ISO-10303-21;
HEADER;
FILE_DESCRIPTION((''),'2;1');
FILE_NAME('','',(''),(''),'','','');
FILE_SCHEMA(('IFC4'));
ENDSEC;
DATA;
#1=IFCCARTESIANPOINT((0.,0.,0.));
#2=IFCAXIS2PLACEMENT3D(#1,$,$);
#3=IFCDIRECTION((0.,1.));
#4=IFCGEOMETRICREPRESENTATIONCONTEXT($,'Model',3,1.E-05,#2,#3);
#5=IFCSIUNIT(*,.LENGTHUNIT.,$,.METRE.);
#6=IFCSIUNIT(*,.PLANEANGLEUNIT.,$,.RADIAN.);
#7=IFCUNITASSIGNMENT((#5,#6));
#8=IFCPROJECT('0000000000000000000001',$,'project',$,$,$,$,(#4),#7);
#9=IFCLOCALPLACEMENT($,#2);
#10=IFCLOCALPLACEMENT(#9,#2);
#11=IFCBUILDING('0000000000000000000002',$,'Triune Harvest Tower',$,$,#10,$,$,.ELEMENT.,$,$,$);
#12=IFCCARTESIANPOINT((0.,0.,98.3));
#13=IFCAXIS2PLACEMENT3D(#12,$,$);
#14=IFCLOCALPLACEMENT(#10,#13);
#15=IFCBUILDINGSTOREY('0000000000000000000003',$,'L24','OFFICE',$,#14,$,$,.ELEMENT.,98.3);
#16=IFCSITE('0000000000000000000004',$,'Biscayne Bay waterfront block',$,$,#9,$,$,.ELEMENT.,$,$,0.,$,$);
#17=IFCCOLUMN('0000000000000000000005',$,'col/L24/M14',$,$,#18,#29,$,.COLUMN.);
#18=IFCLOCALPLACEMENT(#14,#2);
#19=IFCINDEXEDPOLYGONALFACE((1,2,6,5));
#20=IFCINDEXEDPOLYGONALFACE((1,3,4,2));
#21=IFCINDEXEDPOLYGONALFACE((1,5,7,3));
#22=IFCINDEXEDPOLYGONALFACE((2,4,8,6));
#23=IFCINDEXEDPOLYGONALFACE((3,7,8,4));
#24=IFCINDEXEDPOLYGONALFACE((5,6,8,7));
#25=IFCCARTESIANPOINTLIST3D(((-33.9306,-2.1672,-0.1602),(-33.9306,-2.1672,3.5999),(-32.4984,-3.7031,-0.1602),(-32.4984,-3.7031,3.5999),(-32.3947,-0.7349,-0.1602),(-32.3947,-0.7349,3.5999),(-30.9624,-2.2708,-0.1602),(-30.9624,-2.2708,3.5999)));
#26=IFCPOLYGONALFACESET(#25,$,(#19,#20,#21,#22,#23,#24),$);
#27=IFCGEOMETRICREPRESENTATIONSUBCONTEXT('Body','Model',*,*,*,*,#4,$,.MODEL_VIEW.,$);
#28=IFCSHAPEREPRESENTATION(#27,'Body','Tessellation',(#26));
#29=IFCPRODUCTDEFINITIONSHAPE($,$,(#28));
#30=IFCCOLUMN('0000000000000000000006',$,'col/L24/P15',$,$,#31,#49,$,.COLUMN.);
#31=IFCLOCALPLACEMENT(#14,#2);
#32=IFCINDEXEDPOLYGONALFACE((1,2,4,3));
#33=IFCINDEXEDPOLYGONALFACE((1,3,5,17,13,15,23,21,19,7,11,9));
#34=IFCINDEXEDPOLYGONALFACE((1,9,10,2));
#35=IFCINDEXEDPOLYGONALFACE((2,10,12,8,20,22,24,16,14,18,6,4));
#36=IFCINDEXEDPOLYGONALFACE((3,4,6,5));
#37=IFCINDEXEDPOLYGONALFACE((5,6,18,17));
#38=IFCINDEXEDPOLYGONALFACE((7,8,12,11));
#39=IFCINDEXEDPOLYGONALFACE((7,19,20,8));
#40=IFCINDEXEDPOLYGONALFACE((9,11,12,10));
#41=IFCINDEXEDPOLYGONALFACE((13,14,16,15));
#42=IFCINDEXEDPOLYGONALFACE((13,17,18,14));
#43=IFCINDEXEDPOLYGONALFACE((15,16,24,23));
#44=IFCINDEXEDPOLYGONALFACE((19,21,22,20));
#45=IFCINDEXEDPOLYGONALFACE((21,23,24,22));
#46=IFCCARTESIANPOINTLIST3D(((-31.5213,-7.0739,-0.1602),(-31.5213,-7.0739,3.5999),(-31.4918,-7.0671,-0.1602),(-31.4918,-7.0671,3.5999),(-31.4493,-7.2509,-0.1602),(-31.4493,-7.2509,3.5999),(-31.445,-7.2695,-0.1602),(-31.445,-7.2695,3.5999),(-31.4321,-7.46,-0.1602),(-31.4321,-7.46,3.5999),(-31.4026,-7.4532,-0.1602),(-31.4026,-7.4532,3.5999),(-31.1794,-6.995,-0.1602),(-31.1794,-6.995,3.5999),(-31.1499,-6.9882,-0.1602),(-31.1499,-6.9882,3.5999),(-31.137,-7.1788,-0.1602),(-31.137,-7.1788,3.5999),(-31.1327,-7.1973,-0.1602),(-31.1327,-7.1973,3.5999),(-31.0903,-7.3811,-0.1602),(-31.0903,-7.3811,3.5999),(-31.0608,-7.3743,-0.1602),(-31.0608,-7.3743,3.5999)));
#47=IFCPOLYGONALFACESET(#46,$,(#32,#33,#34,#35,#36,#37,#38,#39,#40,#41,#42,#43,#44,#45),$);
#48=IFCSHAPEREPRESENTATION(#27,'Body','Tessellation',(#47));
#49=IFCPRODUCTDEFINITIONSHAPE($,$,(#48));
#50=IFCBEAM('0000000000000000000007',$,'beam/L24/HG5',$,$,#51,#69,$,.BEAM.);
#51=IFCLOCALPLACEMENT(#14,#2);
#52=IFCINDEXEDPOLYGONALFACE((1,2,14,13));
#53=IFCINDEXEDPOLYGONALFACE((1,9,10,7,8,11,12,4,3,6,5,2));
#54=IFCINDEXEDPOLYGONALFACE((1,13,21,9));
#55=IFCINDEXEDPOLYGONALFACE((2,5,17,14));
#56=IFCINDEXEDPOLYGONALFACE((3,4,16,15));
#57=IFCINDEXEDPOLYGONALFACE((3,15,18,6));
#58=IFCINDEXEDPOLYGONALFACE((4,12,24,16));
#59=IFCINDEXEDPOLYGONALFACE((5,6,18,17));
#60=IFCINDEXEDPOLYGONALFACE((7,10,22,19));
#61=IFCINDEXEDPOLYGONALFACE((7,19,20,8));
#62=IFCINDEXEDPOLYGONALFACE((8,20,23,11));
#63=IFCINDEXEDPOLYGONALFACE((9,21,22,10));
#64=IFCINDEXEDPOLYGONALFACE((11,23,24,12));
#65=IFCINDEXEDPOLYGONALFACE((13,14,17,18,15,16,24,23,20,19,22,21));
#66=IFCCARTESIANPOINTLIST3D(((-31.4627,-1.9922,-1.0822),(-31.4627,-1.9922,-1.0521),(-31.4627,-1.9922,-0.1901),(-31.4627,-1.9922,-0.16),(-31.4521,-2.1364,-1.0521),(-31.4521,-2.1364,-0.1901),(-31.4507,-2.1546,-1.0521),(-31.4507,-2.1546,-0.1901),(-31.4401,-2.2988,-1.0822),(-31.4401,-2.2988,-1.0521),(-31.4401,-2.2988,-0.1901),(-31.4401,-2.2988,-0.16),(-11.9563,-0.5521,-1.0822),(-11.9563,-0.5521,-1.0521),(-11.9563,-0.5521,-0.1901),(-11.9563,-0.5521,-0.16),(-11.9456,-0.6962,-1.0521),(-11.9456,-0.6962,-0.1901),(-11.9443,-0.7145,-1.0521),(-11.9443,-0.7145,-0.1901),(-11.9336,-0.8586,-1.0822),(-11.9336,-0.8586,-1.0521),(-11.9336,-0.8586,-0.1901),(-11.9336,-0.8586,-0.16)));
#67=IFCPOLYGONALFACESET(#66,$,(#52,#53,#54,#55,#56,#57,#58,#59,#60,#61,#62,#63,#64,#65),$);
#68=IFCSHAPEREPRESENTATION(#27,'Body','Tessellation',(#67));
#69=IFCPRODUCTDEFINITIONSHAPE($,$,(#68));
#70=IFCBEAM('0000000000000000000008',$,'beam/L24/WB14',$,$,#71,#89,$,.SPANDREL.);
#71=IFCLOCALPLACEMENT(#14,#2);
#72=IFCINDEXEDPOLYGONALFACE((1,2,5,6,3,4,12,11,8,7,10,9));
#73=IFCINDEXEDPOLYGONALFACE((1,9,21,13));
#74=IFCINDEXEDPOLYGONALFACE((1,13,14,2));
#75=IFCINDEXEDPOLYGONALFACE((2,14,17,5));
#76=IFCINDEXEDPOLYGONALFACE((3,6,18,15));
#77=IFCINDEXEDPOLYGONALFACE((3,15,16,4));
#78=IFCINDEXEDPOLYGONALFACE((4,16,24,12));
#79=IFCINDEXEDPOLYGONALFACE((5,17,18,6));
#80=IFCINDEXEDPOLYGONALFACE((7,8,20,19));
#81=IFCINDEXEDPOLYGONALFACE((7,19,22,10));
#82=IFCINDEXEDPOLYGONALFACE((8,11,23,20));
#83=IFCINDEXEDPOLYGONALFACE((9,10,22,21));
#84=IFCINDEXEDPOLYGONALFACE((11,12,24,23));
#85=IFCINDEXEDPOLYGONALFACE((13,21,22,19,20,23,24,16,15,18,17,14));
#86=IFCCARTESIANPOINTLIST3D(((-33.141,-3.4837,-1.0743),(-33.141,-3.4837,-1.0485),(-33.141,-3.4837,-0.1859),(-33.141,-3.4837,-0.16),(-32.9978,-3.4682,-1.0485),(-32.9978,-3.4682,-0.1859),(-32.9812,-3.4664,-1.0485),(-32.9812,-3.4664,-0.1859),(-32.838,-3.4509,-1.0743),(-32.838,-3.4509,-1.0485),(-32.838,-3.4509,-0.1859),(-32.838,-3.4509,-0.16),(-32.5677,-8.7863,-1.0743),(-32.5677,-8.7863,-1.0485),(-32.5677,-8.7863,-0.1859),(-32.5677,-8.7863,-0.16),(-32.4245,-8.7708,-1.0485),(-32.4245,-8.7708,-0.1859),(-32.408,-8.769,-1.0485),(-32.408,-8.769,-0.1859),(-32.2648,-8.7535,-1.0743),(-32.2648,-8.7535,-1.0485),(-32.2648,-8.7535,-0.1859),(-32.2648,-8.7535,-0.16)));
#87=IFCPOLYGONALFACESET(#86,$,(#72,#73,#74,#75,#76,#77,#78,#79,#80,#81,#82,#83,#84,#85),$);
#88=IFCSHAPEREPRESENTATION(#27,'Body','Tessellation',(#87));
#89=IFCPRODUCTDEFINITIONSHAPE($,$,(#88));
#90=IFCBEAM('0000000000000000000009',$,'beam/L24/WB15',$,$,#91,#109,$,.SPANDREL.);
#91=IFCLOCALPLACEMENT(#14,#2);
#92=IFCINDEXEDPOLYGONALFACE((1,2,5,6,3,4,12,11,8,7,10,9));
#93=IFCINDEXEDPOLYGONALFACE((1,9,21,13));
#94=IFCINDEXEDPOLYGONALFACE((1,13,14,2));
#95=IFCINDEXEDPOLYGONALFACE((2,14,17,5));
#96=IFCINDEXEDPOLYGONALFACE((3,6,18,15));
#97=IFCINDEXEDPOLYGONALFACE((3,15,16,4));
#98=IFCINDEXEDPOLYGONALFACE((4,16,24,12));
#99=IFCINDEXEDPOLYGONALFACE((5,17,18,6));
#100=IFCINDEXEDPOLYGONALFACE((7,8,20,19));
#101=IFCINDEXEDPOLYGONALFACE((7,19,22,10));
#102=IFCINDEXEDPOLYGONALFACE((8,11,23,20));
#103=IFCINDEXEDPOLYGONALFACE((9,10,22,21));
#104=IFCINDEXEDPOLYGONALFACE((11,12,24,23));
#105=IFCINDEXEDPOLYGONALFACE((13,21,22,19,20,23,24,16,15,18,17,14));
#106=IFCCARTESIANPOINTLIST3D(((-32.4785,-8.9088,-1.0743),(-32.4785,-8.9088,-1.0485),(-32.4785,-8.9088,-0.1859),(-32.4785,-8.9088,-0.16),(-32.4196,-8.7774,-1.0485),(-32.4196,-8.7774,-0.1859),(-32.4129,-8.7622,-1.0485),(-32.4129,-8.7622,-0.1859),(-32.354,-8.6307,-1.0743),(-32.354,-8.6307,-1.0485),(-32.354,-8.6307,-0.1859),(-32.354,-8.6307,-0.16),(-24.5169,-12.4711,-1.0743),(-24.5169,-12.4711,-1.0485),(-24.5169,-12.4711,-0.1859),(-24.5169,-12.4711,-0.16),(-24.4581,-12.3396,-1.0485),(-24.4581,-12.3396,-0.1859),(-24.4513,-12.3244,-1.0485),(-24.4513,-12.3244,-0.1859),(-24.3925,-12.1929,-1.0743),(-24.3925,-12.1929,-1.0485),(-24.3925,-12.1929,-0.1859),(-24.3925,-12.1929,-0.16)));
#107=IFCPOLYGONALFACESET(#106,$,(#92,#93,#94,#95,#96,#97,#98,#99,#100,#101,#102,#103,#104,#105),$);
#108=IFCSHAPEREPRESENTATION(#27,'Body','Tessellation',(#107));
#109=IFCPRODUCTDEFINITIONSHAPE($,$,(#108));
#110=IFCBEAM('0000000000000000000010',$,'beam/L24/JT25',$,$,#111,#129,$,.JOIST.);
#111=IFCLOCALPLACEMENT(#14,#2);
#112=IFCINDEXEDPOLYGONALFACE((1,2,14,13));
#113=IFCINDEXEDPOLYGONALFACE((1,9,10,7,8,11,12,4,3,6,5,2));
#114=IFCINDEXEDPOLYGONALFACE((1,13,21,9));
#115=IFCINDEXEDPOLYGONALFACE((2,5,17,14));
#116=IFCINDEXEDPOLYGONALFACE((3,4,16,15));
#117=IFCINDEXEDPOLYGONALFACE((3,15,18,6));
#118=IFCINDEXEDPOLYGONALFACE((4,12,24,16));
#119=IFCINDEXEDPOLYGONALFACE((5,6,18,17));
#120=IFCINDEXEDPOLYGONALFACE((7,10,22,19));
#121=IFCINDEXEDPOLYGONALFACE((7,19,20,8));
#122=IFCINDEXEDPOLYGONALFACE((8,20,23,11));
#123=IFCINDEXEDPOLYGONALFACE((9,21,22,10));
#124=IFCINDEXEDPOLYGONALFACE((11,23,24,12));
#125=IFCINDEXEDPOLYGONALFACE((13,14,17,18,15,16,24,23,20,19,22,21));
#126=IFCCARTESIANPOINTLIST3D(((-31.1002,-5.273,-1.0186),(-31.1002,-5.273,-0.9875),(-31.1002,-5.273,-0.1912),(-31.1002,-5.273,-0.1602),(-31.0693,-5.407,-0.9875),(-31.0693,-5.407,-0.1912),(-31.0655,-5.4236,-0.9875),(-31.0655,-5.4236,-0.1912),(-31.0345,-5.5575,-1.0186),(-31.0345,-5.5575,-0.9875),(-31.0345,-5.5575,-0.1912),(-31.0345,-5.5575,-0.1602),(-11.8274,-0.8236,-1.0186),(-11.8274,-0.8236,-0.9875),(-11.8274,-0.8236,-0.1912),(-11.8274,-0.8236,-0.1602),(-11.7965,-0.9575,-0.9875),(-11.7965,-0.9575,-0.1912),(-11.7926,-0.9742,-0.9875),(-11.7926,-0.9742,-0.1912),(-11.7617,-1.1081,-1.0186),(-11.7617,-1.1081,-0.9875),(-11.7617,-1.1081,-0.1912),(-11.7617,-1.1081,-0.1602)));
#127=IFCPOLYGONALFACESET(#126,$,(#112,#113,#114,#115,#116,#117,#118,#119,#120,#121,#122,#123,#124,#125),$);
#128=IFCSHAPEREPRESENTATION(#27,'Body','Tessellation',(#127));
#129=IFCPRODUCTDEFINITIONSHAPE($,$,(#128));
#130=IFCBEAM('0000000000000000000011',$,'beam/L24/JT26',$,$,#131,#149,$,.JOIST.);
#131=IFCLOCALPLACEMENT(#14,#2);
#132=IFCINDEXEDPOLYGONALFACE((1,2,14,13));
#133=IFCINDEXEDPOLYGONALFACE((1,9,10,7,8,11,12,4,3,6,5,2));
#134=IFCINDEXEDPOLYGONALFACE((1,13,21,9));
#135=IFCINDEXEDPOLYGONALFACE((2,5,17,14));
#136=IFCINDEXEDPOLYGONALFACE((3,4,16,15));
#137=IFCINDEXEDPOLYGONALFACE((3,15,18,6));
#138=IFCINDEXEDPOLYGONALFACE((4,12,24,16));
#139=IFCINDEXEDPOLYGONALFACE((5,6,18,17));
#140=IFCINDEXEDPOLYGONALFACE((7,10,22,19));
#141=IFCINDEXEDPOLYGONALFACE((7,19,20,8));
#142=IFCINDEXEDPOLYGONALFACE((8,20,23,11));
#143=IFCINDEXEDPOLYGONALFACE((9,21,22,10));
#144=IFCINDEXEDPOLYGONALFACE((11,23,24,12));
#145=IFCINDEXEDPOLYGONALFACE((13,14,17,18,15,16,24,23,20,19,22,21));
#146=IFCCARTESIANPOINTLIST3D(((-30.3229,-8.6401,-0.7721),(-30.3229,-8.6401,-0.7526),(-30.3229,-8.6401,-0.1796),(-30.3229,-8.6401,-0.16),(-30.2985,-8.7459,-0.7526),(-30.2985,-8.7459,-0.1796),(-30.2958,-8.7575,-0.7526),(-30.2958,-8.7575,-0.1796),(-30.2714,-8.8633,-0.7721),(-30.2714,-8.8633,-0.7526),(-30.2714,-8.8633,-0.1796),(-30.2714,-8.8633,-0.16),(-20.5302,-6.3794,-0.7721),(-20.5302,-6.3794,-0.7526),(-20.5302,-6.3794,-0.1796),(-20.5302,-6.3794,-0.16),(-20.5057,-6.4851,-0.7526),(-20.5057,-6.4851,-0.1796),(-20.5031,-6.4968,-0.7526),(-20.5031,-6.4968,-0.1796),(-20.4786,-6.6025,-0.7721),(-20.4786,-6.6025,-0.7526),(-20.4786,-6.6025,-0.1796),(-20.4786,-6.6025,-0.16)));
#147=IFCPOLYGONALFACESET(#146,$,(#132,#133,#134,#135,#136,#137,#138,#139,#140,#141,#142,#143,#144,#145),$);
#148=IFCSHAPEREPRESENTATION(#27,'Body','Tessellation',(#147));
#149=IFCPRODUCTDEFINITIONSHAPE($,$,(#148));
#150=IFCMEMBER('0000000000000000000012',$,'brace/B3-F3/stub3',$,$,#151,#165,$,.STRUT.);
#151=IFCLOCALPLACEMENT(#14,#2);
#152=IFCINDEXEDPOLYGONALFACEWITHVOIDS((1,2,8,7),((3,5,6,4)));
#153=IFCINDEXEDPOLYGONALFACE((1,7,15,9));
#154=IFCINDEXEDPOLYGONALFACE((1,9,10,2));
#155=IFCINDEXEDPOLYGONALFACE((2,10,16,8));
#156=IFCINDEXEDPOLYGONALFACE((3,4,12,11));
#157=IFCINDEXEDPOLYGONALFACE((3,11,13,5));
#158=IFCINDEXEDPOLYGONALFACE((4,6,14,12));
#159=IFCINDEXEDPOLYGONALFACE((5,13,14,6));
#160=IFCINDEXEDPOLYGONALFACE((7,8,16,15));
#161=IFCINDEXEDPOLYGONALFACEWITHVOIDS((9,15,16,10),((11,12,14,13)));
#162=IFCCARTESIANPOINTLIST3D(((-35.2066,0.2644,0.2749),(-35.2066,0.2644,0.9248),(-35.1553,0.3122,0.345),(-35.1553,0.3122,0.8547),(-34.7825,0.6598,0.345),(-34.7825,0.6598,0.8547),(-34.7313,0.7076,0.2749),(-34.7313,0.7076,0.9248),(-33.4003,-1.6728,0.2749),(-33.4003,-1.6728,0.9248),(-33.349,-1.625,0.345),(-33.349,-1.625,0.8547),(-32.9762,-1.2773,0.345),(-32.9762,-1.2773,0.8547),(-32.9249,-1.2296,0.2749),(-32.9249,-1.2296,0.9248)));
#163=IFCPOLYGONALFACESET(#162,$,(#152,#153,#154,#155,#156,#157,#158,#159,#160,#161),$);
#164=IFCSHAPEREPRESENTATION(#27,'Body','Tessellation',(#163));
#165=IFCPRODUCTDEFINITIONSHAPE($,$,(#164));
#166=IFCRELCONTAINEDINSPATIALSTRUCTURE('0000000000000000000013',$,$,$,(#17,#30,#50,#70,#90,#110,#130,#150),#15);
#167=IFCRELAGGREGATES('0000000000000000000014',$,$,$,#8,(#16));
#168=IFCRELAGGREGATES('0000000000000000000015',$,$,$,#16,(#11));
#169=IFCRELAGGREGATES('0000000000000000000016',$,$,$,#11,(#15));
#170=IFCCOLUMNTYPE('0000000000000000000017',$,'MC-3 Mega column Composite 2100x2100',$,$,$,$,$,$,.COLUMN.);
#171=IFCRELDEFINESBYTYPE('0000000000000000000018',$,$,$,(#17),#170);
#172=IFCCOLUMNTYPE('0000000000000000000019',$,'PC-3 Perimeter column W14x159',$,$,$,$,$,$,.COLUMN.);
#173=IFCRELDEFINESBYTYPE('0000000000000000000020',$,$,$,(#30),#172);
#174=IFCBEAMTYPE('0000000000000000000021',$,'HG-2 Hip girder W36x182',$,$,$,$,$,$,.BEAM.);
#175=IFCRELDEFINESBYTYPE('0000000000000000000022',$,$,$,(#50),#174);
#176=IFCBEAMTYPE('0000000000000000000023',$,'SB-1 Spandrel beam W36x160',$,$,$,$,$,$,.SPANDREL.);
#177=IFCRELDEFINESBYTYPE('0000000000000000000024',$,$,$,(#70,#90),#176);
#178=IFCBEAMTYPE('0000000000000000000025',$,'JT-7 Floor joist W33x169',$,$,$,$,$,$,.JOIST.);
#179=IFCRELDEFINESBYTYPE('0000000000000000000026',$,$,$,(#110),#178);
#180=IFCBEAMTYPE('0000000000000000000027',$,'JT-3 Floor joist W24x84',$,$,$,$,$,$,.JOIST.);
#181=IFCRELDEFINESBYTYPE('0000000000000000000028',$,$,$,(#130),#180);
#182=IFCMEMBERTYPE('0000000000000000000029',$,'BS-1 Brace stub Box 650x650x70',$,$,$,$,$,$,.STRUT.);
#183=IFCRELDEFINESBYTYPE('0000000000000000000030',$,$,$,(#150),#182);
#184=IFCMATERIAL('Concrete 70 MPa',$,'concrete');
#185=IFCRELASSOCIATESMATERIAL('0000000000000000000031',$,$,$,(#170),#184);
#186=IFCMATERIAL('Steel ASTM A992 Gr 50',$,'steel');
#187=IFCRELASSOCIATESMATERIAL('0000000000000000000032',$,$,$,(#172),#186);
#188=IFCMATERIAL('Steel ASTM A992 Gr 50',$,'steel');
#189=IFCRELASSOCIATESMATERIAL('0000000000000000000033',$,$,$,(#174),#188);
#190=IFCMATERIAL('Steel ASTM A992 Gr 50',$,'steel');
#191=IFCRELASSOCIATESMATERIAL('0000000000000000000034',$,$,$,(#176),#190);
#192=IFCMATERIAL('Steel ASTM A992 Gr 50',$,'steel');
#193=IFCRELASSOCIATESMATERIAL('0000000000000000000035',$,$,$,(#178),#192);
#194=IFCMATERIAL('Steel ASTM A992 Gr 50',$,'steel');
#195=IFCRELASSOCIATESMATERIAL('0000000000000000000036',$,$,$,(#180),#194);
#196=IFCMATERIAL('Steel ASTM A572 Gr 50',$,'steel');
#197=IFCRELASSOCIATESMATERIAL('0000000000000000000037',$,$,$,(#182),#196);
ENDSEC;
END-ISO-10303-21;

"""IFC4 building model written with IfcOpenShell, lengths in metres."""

from ifc_helpers import new_model, si_unit, direction, frame, origin, origin_2d, place, context, subcontext, project, spatial, rectangle, hollow_rectangle, i_section, extrude, source, transform, mapped, material, material_profile, profile_set, type_object, element, save


model = new_model("IFC4")

# Units and contexts
model_context = context("Model", 3, precision=1e-05, world=origin(), true_north=direction((0.0, 1.0)))
body_context = subcontext(model_context, "Body", "Model", "MODEL_VIEW")
ifc_project = project(units=[si_unit("LENGTHUNIT", "METRE"), si_unit("PLANEANGLEUNIT", "RADIAN")], contexts=[model_context])

# Site, building, storey
site_placement = place(None, origin())
site = spatial("IfcSite", under=ifc_project, at=site_placement, Name="Biscayne Bay waterfront block", CompositionType="ELEMENT", RefElevation=0.0)
building_placement = place(site_placement, origin())
building = spatial("IfcBuilding", under=site, at=building_placement, Name="Triune Harvest Tower", CompositionType="ELEMENT")
storey_placement = place(building_placement, frame((0.0, 0.0, 98.3)))
storey = spatial("IfcBuildingStorey", under=building, at=storey_placement, Name="L24", Description="OFFICE", CompositionType="ELEMENT", Elevation=98.3)

# Columns
ifc_material_1 = material(Name="Concrete 70 MPa", Category="concrete")
ifc_material_profile_1 = material_profile(ifc_material_1, rectangle(XDim=2.1001, YDim=2.1001, at=origin_2d()), Name="Composite 2100x2100")
ifc_profile_set_1 = profile_set([ifc_material_profile_1], Name="Concrete 70 MPa")
column_type_1 = type_object("IfcColumnType", Name="MC-3 Mega column Composite 2100x2100", PredefinedType="COLUMN", material=ifc_profile_set_1)
shared_shape_1 = source(origin(), body_context, "Body", "SweptSolid", [
    extrude(rectangle(XDim=2.1001, YDim=2.1001, at=origin_2d()), origin(), (0.0, 0.0, 1.0), 3.76),
])
column_1_placement = place(storey_placement, frame((-32.4465, -2.219, -0.1602), z_axis=(0.0, 0.0, 1.0), x_axis=(-0.731355, -0.681997, 0.0)))
element("IfcColumn", 1, at=column_1_placement, inside=storey, type_object=column_type_1, Name="col/L24/M14", PredefinedType="COLUMN", context=body_context, shape_type="MappedRepresentation", body=[
    mapped(shared_shape_1, transform((0.0, 0.0, 0.0), scale=1.0)),
])
ifc_material_2 = material(Name="Steel ASTM A992 Gr 50", Category="steel")
ifc_material_profile_2 = material_profile(ifc_material_2, i_section(OverallWidth=0.3962, OverallDepth=0.3811, WebThickness=0.019, FlangeThickness=0.0303, at=origin_2d()), Name="W14x159")
ifc_profile_set_2 = profile_set([ifc_material_profile_2], Name="Steel ASTM A992 Gr 50")
column_type_2 = type_object("IfcColumnType", Name="PC-3 Perimeter column W14x159", PredefinedType="COLUMN", material=ifc_profile_set_2)
shared_shape_2 = source(origin(), body_context, "Body", "SweptSolid", [
    extrude(i_section(OverallWidth=0.3962, OverallDepth=0.3811, WebThickness=0.019, FlangeThickness=0.0303, at=origin_2d()), origin(), (0.0, 0.0, 1.0), 3.76),
])
column_2_placement = place(storey_placement, frame((-31.291, -7.2241, -0.1602), z_axis=(0.0, 0.0, 1.0), x_axis=(0.224951, -0.97437, 0.0)))
element("IfcColumn", 2, at=column_2_placement, inside=storey, type_object=column_type_2, Name="col/L24/P15", PredefinedType="COLUMN", context=body_context, shape_type="MappedRepresentation", body=[
    mapped(shared_shape_2, transform((0.0, 0.0, 0.0), scale=1.0)),
])

# Beams
ifc_material_3 = material(Name="Steel ASTM A992 Gr 50", Category="steel")
ifc_material_profile_3 = material_profile(ifc_material_3, i_section(OverallWidth=0.3074, OverallDepth=0.9221, WebThickness=0.0183, FlangeThickness=0.03, at=origin_2d()), Name="W36x182")
ifc_profile_set_3 = profile_set([ifc_material_profile_3], Name="Steel ASTM A992 Gr 50")
beam_type_1 = type_object("IfcBeamType", Name="HG-2 Hip girder W36x182", PredefinedType="BEAM", material=ifc_profile_set_3)
beam_1_placement = place(storey_placement, frame((-31.4514, -2.1455, -0.6211), z_axis=(0.997286, 0.07363, 0.0), x_axis=(-0.07363, 0.997286, 0.0)))
element("IfcBeam", 3, at=beam_1_placement, inside=storey, type_object=beam_type_1, Name="beam/L24/HG5", PredefinedType="BEAM", context=body_context, shape_type="SweptSolid", body=[
    extrude(i_section(OverallWidth=0.3074, OverallDepth=0.9221, WebThickness=0.0183, FlangeThickness=0.03, at=origin_2d()), origin(), (0.0, 0.0, 1.0), 19.5596),
])
ifc_material_4 = material(Name="Steel ASTM A992 Gr 50", Category="steel")
ifc_material_profile_4 = material_profile(ifc_material_4, i_section(OverallWidth=0.3047, OverallDepth=0.9143, WebThickness=0.0166, FlangeThickness=0.0259, at=origin_2d()), Name="W36x160")
ifc_profile_set_4 = profile_set([ifc_material_profile_4], Name="Steel ASTM A992 Gr 50")
beam_type_2 = type_object("IfcBeamType", Name="SB-1 Spandrel beam W36x160", PredefinedType="SPANDREL", material=ifc_profile_set_4)
beam_2_placement = place(storey_placement, frame((-32.9895, -3.4673, -0.6172), z_axis=(0.107482, -0.994207, 0.0), x_axis=(0.994207, 0.107482, 0.0)))
element("IfcBeam", 4, at=beam_2_placement, inside=storey, type_object=beam_type_2, Name="beam/L24/WB14", PredefinedType="SPANDREL", context=body_context, shape_type="SweptSolid", body=[
    extrude(i_section(OverallWidth=0.3047, OverallDepth=0.9143, WebThickness=0.0166, FlangeThickness=0.0259, at=origin_2d()), origin(), (0.0, 0.0, 1.0), 5.3335),
])
shared_shape_3 = source(origin(), body_context, "Body", "SweptSolid", [
    extrude(i_section(OverallWidth=0.3047, OverallDepth=0.9143, WebThickness=0.0166, FlangeThickness=0.0259, at=origin_2d()), origin(), (0.0, 0.0, 1.0), 8.7222),
])
beam_3_placement = place(storey_placement, frame((-32.4163, -8.7698, -0.6172), z_axis=(0.912799, -0.40841, 0.0), x_axis=(0.40841, 0.912799, 0.0)))
element("IfcBeam", 5, at=beam_3_placement, inside=storey, type_object=beam_type_2, Name="beam/L24/WB15", PredefinedType="SPANDREL", context=body_context, shape_type="MappedRepresentation", body=[
    mapped(shared_shape_3, transform((0.0, 0.0, 0.0), scale=1.0)),
])
ifc_material_5 = material(Name="Steel ASTM A992 Gr 50", Category="steel")
ifc_material_profile_5 = material_profile(ifc_material_5, i_section(OverallWidth=0.292, OverallDepth=0.8584, WebThickness=0.0171, FlangeThickness=0.031, at=origin_2d()), Name="W33x169")
ifc_profile_set_5 = profile_set([ifc_material_profile_5], Name="Steel ASTM A992 Gr 50")
beam_type_3 = type_object("IfcBeamType", Name="JT-7 Floor joist W33x169", PredefinedType="JOIST", material=ifc_profile_set_5)
shared_shape_4 = source(origin(), body_context, "Body", "SweptSolid", [
    extrude(i_section(OverallWidth=0.292, OverallDepth=0.8584, WebThickness=0.0171, FlangeThickness=0.031, at=origin_2d()), origin(), (0.0, 0.0, 1.0), 19.7798),
])
beam_4_placement = place(storey_placement, frame((-31.0674, -5.4153, -0.5894), z_axis=(0.974371, 0.224949, 0.0), x_axis=(-0.224949, 0.974371, 0.0)))
element("IfcBeam", 6, at=beam_4_placement, inside=storey, type_object=beam_type_3, Name="beam/L24/JT25", PredefinedType="JOIST", context=body_context, shape_type="MappedRepresentation", body=[
    mapped(shared_shape_4, transform((0.0, 0.0, 0.0), scale=1.0)),
])
ifc_material_6 = material(Name="Steel ASTM A992 Gr 50", Category="steel")
ifc_material_profile_6 = material_profile(ifc_material_6, i_section(OverallWidth=0.229, OverallDepth=0.6121, WebThickness=0.012, FlangeThickness=0.0195, at=origin_2d()), Name="W24x84")
ifc_profile_set_6 = profile_set([ifc_material_profile_6], Name="Steel ASTM A992 Gr 50")
beam_type_4 = type_object("IfcBeamType", Name="JT-3 Floor joist W24x84", PredefinedType="JOIST", material=ifc_profile_set_6)
shared_shape_5 = source(origin(), body_context, "Body", "SweptSolid", [
    extrude(i_section(OverallWidth=0.229, OverallDepth=0.6121, WebThickness=0.012, FlangeThickness=0.0195, at=origin_2d()), origin(), (0.0, 0.0, 1.0), 10.0503),
])
beam_5_placement = place(storey_placement, frame((-30.2971, -8.7517, -0.4661), z_axis=(0.974372, 0.224943, 0.0), x_axis=(-0.224943, 0.974372, 0.0)))
element("IfcBeam", 7, at=beam_5_placement, inside=storey, type_object=beam_type_4, Name="beam/L24/JT26", PredefinedType="JOIST", context=body_context, shape_type="MappedRepresentation", body=[
    mapped(shared_shape_5, transform((0.0, 0.0, 0.0), scale=1.0)),
])

# Member
ifc_material_7 = material(Name="Steel ASTM A572 Gr 50", Category="steel")
ifc_material_profile_7 = material_profile(ifc_material_7, hollow_rectangle(XDim=0.6499, YDim=0.6499, WallThickness=0.0701, at=origin_2d()), Name="Box 650x650x70")
ifc_profile_set_7 = profile_set([ifc_material_profile_7], Name="Steel ASTM A572 Gr 50")
member_type_1 = type_object("IfcMemberType", Name="BS-1 Brace stub Box 650x650x70", PredefinedType="STRUT", material=ifc_profile_set_7)
shared_shape_6 = source(origin(), body_context, "Body", "SweptSolid", [
    extrude(hollow_rectangle(XDim=0.6499, YDim=0.6499, WallThickness=0.0701, at=origin_2d()), origin(), (0.0, 0.0, 1.0), 2.6487),
])
member_1_placement = place(storey_placement, frame((-33.1626, -1.4512, 0.5999), z_axis=(-0.681973, 0.731377, 0.0), x_axis=(-0.731377, -0.681973, 0.0)))
element("IfcMember", 8, at=member_1_placement, inside=storey, type_object=member_type_1, Name="brace/B3-F3/stub3", PredefinedType="STRUT", context=body_context, shape_type="MappedRepresentation", body=[
    mapped(shared_shape_6, transform((0.0, 0.0, 0.0), scale=1.0)),
])

save(model, "model.ifc")
